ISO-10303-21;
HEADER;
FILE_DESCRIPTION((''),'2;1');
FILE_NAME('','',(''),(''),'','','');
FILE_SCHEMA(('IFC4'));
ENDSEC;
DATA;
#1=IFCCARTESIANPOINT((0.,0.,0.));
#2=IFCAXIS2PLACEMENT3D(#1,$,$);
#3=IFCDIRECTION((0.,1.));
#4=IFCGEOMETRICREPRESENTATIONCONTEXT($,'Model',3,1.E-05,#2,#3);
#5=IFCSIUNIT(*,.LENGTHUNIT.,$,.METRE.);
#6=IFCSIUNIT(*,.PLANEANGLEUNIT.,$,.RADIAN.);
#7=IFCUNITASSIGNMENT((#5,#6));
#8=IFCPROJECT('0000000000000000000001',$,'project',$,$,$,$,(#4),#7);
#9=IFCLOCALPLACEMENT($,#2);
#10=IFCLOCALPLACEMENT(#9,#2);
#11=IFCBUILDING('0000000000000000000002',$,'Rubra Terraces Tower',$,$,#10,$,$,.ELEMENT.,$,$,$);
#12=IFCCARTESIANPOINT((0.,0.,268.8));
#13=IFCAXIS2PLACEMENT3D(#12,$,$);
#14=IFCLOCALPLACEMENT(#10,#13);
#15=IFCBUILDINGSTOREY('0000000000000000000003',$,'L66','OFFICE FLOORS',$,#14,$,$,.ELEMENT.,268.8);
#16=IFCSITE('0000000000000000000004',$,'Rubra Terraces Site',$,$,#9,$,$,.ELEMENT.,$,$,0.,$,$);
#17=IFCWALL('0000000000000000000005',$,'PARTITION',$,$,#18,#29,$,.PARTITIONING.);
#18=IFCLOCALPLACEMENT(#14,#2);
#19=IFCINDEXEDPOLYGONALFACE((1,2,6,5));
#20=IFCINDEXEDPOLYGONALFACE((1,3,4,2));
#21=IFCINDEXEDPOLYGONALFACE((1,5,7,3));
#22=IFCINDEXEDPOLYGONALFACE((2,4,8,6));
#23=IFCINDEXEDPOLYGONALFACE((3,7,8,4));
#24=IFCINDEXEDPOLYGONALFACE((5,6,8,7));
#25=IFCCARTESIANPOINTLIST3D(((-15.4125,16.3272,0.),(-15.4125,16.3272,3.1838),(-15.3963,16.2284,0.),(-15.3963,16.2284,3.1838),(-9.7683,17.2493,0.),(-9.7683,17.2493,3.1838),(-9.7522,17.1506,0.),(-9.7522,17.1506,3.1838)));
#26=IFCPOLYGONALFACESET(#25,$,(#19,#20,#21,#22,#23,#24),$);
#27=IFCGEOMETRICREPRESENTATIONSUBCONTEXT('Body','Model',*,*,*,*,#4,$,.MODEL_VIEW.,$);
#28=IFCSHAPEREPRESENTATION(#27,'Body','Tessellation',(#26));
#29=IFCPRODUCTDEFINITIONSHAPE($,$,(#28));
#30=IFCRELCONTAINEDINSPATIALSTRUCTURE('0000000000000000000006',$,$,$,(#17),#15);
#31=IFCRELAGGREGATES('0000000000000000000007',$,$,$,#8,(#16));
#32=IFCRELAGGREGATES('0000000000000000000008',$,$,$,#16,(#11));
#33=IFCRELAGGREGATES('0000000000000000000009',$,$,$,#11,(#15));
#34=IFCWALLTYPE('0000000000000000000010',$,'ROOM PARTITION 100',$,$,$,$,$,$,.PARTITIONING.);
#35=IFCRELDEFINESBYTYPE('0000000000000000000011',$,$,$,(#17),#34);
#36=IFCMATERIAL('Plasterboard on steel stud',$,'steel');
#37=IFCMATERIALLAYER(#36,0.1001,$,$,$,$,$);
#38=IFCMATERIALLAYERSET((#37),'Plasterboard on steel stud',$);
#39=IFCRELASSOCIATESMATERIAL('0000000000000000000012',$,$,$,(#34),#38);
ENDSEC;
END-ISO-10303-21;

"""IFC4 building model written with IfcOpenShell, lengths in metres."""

from ifc_helpers import new_model, si_unit, direction, frame, frame_2d, origin, place, context, subcontext, project, spatial, rectangle, extrude, material, layer, layer_set, type_object, element, save


model = new_model("IFC4")

# Units and contexts
model_context = context("Model", 3, precision=1e-05, world=origin(), true_north=direction((0.0, 1.0)))
body_context = subcontext(model_context, "Body", "Model", "MODEL_VIEW")
ifc_project = project(units=[si_unit("LENGTHUNIT", "METRE"), si_unit("PLANEANGLEUNIT", "RADIAN")], contexts=[model_context])

# Site, building, storey
site_placement = place(None, origin())
site = spatial("IfcSite", under=ifc_project, at=site_placement, Name="Rubra Terraces Site", CompositionType="ELEMENT", RefElevation=0.0)
building_placement = place(site_placement, origin())
building = spatial("IfcBuilding", under=site, at=building_placement, Name="Rubra Terraces Tower", CompositionType="ELEMENT")
storey_placement = place(building_placement, frame((0.0, 0.0, 268.8)))
storey = spatial("IfcBuildingStorey", under=building, at=storey_placement, Name="L66", Description="OFFICE FLOORS", CompositionType="ELEMENT", Elevation=268.8)

# Wall
ifc_material_1 = material(Name="Plasterboard on steel stud", Category="steel")
ifc_layer_1 = layer(ifc_material_1, 0.1001)
ifc_layer_set_1 = layer_set([ifc_layer_1], Name="Plasterboard on steel stud")
wall_type_1 = type_object("IfcWallType", Name="ROOM PARTITION 100", PredefinedType="PARTITIONING", material=ifc_layer_set_1)
wall_1_placement = place(storey_placement, frame((-15.4043, 16.2778, 0.0), z_axis=(0.0, 0.0, 1.0), x_axis=(0.986915, 0.161241, 0.0)))
element("IfcWall", 1, at=wall_1_placement, inside=storey, type_object=wall_type_1, Name="PARTITION", PredefinedType="PARTITIONING", context=body_context, shape_type="SweptSolid", body=[
    extrude(rectangle(XDim=5.719, YDim=0.1001, at=frame_2d((2.8594, 0.0))), origin(), (0.0, 0.0, 1.0), 3.1838),
])

save(model, "model.ifc")
